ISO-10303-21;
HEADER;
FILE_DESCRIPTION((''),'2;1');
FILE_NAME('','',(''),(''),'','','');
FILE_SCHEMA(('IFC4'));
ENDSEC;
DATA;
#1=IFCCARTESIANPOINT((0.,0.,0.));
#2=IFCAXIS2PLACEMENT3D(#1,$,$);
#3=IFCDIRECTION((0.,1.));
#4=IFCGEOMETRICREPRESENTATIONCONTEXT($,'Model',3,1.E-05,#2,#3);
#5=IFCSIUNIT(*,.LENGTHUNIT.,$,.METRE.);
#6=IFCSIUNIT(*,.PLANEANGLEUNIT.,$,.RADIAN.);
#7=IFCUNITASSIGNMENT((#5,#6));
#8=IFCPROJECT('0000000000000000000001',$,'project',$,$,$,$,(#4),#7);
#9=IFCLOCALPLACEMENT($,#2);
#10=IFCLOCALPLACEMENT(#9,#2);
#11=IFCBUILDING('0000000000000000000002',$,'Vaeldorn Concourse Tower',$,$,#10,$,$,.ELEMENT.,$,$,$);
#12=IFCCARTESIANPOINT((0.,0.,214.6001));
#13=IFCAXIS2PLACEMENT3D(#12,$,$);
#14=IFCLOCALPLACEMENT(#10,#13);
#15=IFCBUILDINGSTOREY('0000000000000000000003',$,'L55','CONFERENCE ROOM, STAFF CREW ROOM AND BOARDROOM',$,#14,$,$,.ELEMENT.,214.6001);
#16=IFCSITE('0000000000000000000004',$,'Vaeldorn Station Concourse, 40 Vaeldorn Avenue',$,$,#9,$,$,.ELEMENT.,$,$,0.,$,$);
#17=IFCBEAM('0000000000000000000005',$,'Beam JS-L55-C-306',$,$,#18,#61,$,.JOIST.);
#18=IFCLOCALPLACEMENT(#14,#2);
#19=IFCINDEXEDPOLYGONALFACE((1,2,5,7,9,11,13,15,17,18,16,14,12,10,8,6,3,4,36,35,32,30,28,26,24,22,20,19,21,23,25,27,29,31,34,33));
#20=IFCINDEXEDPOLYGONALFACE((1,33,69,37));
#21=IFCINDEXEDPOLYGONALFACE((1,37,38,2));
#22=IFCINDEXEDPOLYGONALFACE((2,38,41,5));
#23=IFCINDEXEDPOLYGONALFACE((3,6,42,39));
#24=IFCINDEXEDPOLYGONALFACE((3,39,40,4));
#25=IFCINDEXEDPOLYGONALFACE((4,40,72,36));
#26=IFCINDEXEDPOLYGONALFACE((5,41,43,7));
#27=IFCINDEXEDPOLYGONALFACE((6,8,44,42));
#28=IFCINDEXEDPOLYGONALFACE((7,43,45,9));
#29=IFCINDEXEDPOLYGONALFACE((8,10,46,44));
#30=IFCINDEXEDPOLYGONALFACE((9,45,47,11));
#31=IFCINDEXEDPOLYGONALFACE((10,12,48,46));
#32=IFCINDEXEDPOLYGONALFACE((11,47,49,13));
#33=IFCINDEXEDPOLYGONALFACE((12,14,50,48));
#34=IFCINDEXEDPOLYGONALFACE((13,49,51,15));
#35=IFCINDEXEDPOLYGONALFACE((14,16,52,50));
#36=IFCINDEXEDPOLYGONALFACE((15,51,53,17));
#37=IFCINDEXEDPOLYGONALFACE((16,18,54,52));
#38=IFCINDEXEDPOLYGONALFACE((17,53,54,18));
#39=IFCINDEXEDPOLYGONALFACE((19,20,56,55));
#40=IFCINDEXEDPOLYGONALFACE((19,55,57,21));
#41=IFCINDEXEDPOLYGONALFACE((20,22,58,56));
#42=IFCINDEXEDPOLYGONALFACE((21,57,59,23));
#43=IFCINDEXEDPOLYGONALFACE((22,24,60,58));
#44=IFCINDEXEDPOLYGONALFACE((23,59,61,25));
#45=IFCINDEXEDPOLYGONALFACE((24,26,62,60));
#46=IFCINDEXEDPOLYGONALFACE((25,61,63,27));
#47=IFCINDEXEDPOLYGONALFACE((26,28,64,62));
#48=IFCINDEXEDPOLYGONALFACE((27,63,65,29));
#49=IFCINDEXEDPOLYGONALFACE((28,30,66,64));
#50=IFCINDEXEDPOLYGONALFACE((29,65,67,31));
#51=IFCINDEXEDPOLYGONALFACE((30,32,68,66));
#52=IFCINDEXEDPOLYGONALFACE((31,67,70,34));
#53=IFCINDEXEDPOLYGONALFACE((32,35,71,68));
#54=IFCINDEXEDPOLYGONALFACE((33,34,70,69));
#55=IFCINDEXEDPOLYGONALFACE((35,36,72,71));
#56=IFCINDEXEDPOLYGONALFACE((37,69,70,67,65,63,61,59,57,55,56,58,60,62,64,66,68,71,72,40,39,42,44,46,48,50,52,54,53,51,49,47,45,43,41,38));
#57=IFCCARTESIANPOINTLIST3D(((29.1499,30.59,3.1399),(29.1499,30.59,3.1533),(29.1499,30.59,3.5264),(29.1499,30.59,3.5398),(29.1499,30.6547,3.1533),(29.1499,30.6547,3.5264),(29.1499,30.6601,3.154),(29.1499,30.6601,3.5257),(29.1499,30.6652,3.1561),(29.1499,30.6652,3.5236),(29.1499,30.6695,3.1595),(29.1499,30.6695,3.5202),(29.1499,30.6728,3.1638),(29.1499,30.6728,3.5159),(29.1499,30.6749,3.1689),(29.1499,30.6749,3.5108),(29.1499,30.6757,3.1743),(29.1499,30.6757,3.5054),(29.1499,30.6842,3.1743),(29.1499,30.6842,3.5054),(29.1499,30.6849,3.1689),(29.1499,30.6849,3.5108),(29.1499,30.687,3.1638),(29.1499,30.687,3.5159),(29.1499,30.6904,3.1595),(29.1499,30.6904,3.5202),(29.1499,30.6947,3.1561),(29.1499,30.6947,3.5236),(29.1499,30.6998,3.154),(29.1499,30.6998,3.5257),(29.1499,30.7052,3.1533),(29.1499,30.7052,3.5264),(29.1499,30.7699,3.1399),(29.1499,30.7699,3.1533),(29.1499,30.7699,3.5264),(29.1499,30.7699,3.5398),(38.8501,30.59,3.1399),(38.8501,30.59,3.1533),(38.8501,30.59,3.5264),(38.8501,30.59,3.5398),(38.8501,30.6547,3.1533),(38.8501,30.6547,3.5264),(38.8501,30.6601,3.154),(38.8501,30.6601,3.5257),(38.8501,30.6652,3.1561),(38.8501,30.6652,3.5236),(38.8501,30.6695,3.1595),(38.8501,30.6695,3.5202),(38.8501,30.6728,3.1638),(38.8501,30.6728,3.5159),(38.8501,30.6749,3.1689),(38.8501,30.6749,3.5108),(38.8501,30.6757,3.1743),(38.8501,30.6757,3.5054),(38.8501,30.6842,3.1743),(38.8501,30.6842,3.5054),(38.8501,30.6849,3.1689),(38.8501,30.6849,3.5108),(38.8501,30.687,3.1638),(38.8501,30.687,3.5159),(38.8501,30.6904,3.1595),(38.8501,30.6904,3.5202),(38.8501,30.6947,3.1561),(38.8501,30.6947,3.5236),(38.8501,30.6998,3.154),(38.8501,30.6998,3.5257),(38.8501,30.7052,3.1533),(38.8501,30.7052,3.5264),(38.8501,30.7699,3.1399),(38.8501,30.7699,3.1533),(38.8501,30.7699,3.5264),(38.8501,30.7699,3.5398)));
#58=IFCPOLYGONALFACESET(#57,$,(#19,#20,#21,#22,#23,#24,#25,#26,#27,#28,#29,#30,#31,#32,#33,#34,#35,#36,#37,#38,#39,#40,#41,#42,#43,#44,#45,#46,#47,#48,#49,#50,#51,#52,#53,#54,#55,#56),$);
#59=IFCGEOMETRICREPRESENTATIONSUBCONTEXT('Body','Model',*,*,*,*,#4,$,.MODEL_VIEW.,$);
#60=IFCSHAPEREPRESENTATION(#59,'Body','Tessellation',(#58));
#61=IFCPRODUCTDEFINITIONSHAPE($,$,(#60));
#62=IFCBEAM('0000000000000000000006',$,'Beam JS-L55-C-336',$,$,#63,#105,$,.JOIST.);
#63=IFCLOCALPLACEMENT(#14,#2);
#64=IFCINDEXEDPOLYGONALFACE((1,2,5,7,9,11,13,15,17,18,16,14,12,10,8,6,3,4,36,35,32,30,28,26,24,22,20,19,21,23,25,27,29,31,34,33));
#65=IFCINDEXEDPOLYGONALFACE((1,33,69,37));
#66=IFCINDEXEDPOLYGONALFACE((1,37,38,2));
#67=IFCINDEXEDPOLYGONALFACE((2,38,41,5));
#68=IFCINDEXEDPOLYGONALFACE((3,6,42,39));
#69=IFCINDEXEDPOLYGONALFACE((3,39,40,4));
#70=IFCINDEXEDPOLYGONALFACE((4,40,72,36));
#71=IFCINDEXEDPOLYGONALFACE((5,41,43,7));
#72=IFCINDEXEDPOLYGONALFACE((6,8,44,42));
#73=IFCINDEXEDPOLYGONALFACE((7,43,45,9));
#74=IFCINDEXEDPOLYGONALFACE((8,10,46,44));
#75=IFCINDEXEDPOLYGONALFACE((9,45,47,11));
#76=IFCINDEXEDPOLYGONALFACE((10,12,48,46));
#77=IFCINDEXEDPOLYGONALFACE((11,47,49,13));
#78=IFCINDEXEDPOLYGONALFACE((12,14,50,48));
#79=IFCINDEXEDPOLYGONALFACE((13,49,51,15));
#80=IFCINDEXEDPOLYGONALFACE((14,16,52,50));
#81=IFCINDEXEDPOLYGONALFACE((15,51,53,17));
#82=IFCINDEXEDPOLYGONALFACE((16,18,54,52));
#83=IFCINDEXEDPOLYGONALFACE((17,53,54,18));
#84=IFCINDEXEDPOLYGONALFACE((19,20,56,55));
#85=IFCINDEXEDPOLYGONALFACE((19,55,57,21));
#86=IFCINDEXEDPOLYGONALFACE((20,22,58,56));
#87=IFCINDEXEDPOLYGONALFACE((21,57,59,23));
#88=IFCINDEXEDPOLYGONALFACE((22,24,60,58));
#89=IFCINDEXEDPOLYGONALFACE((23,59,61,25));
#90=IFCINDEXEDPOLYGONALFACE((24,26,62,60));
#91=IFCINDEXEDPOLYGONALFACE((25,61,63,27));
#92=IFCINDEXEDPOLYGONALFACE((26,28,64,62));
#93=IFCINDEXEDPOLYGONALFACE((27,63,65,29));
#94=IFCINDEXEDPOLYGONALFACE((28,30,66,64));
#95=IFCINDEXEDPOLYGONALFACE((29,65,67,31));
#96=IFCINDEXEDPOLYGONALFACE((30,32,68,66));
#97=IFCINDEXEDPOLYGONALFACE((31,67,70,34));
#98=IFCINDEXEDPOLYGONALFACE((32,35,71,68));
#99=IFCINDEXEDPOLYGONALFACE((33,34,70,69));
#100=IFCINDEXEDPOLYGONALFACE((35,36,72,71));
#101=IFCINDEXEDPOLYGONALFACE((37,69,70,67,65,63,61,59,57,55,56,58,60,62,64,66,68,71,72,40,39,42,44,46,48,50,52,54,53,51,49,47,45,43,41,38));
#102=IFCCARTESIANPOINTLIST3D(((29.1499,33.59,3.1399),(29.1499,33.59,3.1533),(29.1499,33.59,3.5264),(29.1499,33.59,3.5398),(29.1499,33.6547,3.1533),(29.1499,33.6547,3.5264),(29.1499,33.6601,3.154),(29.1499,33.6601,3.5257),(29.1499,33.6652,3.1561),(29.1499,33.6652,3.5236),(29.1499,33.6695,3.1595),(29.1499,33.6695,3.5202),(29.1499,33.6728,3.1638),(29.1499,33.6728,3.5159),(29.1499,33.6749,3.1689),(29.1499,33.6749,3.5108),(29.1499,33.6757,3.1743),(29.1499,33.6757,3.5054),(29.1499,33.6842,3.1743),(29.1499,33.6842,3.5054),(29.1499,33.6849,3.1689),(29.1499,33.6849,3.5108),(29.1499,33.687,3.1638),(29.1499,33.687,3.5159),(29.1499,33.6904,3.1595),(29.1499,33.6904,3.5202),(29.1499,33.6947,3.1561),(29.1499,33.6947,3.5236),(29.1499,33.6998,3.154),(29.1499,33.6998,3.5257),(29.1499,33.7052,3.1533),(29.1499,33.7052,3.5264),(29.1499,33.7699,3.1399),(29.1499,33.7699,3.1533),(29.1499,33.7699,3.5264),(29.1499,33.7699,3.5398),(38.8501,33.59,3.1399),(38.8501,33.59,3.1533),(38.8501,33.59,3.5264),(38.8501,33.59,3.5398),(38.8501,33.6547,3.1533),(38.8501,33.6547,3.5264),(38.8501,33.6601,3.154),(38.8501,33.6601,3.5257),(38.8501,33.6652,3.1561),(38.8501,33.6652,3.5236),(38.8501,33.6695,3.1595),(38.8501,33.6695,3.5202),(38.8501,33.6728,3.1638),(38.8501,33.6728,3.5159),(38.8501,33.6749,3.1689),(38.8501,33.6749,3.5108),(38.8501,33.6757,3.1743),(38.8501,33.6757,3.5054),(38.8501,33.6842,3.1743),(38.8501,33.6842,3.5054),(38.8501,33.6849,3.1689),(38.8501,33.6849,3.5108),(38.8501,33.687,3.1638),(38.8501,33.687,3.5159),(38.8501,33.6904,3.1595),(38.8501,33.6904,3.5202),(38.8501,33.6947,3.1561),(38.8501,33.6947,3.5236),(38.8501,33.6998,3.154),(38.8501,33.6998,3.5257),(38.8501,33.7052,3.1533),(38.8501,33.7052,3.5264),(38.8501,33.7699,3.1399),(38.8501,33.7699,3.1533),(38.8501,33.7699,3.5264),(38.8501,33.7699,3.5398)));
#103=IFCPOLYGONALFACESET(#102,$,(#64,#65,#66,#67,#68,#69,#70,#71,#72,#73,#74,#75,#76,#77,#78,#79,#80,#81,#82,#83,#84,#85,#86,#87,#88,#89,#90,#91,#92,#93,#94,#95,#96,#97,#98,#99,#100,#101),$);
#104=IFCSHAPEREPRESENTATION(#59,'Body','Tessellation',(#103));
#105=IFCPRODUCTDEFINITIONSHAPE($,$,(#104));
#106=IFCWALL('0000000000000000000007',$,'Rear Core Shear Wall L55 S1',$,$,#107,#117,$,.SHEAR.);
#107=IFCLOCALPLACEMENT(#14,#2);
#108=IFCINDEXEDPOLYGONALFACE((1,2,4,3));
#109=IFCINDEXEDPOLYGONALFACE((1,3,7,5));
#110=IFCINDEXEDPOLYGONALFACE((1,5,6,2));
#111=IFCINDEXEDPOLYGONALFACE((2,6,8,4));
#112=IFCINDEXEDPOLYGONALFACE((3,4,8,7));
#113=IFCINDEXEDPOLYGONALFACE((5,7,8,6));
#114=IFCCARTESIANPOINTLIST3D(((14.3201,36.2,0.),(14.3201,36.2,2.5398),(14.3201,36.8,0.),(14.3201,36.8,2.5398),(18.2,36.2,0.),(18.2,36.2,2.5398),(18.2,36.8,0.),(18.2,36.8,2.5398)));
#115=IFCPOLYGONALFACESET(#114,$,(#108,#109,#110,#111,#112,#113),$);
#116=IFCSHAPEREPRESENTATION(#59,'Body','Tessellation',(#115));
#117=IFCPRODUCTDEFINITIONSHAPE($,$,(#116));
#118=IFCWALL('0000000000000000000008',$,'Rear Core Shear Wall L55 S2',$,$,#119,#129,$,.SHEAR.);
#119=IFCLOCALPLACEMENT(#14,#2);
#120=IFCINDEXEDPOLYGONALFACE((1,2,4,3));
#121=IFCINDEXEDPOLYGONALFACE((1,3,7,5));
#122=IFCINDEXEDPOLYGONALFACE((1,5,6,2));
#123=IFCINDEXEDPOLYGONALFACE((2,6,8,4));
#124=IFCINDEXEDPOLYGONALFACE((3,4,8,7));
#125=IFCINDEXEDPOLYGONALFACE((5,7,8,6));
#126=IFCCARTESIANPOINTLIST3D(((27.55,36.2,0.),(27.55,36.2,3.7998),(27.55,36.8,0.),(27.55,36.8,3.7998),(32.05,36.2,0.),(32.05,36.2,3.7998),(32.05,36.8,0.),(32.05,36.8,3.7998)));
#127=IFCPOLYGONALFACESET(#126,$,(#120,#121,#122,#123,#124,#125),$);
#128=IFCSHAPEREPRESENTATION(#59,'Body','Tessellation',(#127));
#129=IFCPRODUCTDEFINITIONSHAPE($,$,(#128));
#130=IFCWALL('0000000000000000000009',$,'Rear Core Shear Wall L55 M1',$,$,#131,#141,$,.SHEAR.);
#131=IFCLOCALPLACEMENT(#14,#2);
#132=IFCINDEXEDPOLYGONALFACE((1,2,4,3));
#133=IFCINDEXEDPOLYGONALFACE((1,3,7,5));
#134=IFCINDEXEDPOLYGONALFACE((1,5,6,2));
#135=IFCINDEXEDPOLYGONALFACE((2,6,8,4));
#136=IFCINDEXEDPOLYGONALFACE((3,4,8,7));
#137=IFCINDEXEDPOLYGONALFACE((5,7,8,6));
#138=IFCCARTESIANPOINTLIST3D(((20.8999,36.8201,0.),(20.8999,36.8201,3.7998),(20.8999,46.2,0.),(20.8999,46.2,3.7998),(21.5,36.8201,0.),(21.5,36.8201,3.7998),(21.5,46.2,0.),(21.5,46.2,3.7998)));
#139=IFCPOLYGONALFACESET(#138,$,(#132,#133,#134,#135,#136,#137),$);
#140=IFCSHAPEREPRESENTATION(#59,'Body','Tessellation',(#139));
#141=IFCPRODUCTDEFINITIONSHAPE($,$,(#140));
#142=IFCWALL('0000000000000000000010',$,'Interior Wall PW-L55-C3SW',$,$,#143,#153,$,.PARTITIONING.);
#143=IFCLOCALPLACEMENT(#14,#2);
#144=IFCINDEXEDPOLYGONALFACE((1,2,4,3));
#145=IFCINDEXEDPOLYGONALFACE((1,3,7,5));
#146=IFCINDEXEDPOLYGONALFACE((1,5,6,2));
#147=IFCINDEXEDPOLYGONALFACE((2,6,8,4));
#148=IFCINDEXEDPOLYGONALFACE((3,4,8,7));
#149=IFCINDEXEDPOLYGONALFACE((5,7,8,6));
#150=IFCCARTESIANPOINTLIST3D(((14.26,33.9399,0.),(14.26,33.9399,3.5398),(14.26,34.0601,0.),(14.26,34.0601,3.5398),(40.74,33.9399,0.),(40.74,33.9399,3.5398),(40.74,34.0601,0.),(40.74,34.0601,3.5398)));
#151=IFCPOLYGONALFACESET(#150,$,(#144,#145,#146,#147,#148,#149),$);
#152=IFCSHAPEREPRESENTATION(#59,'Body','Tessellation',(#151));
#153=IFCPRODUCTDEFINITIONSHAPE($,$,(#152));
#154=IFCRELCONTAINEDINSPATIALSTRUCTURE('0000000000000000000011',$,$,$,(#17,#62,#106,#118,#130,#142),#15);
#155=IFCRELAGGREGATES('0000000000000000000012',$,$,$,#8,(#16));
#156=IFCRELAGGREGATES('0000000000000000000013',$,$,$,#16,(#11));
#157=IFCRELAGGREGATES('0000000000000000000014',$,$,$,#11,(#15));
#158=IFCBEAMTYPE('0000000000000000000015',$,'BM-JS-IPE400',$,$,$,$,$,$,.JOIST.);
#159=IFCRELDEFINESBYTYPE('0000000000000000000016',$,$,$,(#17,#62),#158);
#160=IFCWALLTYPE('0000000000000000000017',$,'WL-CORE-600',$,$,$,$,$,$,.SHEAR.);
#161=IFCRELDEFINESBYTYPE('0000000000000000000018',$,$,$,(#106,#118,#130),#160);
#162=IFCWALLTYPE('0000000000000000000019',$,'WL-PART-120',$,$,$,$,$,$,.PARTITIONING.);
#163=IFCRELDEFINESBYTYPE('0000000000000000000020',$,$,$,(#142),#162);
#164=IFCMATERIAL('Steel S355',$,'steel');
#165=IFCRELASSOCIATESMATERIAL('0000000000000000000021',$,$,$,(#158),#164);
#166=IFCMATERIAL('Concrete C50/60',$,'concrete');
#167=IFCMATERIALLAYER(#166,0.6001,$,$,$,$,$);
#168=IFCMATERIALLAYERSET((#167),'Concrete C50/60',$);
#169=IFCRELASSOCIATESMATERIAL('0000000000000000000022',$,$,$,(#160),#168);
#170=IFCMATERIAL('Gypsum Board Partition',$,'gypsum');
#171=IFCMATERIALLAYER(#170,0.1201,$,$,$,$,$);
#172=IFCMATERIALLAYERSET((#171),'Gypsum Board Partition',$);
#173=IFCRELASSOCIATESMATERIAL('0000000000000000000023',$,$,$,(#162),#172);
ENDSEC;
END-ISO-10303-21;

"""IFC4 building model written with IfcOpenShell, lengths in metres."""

from ifc_helpers import new_model, si_unit, direction, frame, frame_2d, origin, origin_2d, place, context, subcontext, project, spatial, rectangle, i_section, extrude, source, transform, mapped, material, layer, layer_set, material_profile, profile_set, type_object, element, save


model = new_model("IFC4")

# Units and contexts
model_context = context("Model", 3, precision=1e-05, world=origin(), true_north=direction((0.0, 1.0)))
body_context = subcontext(model_context, "Body", "Model", "MODEL_VIEW")
ifc_project = project(units=[si_unit("LENGTHUNIT", "METRE"), si_unit("PLANEANGLEUNIT", "RADIAN")], contexts=[model_context])

# Site, building, storey
site_placement = place(None, origin())
site = spatial("IfcSite", under=ifc_project, at=site_placement, Name="Vaeldorn Station Concourse, 40 Vaeldorn Avenue", CompositionType="ELEMENT", RefElevation=0.0)
building_placement = place(site_placement, origin())
building = spatial("IfcBuilding", under=site, at=building_placement, Name="Vaeldorn Concourse Tower", CompositionType="ELEMENT")
storey_placement = place(building_placement, frame((0.0, 0.0, 214.6001)))
storey = spatial("IfcBuildingStorey", under=building, at=storey_placement, Name="L55", Description="CONFERENCE ROOM, STAFF CREW ROOM AND BOARDROOM", CompositionType="ELEMENT", Elevation=214.6001)

# Shared definitions
ifc_material_1 = material(Name="Steel S355", Category="steel")

# Beams
ifc_material_profile_1 = material_profile(ifc_material_1, i_section(OverallWidth=0.1799, OverallDepth=0.3999, WebThickness=0.0085, FlangeThickness=0.0134, FilletRadius=0.021, at=origin_2d()), Name="IPE 400")
ifc_profile_set_1 = profile_set([ifc_material_profile_1], Name="Steel S355")
beam_type_1 = type_object("IfcBeamType", Name="BM-JS-IPE400", PredefinedType="JOIST", material=ifc_profile_set_1)
shared_shape_1 = source(origin(), body_context, "Body", "SweptSolid", [
    extrude(i_section(OverallWidth=0.1799, OverallDepth=0.3999, WebThickness=0.0085, FlangeThickness=0.0134, FilletRadius=0.021, at=origin_2d()), origin(), (0.0, 0.0, 1.0), 9.7002),
])
for number, where, z_axis, x_axis, name in (
    (1, (29.1499, 30.6799, 3.3398), (1.0, 0.0, 0.0), (0.0, 1.0, 0.0), "Beam JS-L55-C-306"),
    (2, (29.1499, 33.6799, 3.3398), (1.0, 0.0, 0.0), (0.0, 1.0, 0.0), "Beam JS-L55-C-336"),
):
    element("IfcBeam", number, at=place(storey_placement, frame(where, z_axis=z_axis, x_axis=x_axis)), inside=storey, type_object=beam_type_1, Name=name, PredefinedType="JOIST", context=body_context, shape_type="MappedRepresentation", body=[
        mapped(shared_shape_1, transform((0.0, 0.0, 0.0), scale=1.0)),
    ])

# Walls
ifc_material_2 = material(Name="Concrete C50/60", Category="concrete")
ifc_layer_1 = layer(ifc_material_2, 0.6001)
ifc_layer_set_1 = layer_set([ifc_layer_1], Name="Concrete C50/60")
wall_type_1 = type_object("IfcWallType", Name="WL-CORE-600", PredefinedType="SHEAR", material=ifc_layer_set_1)
wall_1_placement = place(storey_placement, frame((14.3201, 36.5, 0.0), z_axis=(0.0, 0.0, 1.0), x_axis=(1.0, 0.0, 0.0)))
element("IfcWall", 3, at=wall_1_placement, inside=storey, type_object=wall_type_1, Name="Rear Core Shear Wall L55 S1", PredefinedType="SHEAR", context=body_context, shape_type="SweptSolid", body=[
    extrude(rectangle(XDim=3.8799, YDim=0.6001, at=frame_2d((1.9399, 0.0))), origin(), (0.0, 0.0, 1.0), 2.5398),
])
wall_2_placement = place(storey_placement, frame((27.55, 36.5, 0.0), z_axis=(0.0, 0.0, 1.0), x_axis=(1.0, 0.0, 0.0)))
element("IfcWall", 4, at=wall_2_placement, inside=storey, type_object=wall_type_1, Name="Rear Core Shear Wall L55 S2", PredefinedType="SHEAR", context=body_context, shape_type="SweptSolid", body=[
    extrude(rectangle(XDim=4.5, YDim=0.6001, at=frame_2d((2.25, 0.0))), origin(), (0.0, 0.0, 1.0), 3.7998),
])
wall_3_placement = place(storey_placement, frame((21.2, 36.8201, 0.0), z_axis=(0.0, 0.0, 1.0), x_axis=(0.0, 1.0, 0.0)))
element("IfcWall", 5, at=wall_3_placement, inside=storey, type_object=wall_type_1, Name="Rear Core Shear Wall L55 M1", PredefinedType="SHEAR", context=body_context, shape_type="SweptSolid", body=[
    extrude(rectangle(XDim=9.3799, YDim=0.6001, at=frame_2d((4.6899, 0.0))), origin(), (0.0, 0.0, 1.0), 3.7998),
])
ifc_material_3 = material(Name="Gypsum Board Partition", Category="gypsum")
ifc_layer_2 = layer(ifc_material_3, 0.1201)
ifc_layer_set_2 = layer_set([ifc_layer_2], Name="Gypsum Board Partition")
wall_type_2 = type_object("IfcWallType", Name="WL-PART-120", PredefinedType="PARTITIONING", material=ifc_layer_set_2)
wall_4_placement = place(storey_placement, frame((14.26, 34.0, 0.0), z_axis=(0.0, 0.0, 1.0), x_axis=(1.0, 0.0, 0.0)))
element("IfcWall", 6, at=wall_4_placement, inside=storey, type_object=wall_type_2, Name="Interior Wall PW-L55-C3SW", PredefinedType="PARTITIONING", context=body_context, shape_type="SweptSolid", body=[
    extrude(rectangle(XDim=26.48, YDim=0.1201, at=frame_2d((13.24, 0.0))), origin(), (0.0, 0.0, 1.0), 3.5398),
])

save(model, "model.ifc")
